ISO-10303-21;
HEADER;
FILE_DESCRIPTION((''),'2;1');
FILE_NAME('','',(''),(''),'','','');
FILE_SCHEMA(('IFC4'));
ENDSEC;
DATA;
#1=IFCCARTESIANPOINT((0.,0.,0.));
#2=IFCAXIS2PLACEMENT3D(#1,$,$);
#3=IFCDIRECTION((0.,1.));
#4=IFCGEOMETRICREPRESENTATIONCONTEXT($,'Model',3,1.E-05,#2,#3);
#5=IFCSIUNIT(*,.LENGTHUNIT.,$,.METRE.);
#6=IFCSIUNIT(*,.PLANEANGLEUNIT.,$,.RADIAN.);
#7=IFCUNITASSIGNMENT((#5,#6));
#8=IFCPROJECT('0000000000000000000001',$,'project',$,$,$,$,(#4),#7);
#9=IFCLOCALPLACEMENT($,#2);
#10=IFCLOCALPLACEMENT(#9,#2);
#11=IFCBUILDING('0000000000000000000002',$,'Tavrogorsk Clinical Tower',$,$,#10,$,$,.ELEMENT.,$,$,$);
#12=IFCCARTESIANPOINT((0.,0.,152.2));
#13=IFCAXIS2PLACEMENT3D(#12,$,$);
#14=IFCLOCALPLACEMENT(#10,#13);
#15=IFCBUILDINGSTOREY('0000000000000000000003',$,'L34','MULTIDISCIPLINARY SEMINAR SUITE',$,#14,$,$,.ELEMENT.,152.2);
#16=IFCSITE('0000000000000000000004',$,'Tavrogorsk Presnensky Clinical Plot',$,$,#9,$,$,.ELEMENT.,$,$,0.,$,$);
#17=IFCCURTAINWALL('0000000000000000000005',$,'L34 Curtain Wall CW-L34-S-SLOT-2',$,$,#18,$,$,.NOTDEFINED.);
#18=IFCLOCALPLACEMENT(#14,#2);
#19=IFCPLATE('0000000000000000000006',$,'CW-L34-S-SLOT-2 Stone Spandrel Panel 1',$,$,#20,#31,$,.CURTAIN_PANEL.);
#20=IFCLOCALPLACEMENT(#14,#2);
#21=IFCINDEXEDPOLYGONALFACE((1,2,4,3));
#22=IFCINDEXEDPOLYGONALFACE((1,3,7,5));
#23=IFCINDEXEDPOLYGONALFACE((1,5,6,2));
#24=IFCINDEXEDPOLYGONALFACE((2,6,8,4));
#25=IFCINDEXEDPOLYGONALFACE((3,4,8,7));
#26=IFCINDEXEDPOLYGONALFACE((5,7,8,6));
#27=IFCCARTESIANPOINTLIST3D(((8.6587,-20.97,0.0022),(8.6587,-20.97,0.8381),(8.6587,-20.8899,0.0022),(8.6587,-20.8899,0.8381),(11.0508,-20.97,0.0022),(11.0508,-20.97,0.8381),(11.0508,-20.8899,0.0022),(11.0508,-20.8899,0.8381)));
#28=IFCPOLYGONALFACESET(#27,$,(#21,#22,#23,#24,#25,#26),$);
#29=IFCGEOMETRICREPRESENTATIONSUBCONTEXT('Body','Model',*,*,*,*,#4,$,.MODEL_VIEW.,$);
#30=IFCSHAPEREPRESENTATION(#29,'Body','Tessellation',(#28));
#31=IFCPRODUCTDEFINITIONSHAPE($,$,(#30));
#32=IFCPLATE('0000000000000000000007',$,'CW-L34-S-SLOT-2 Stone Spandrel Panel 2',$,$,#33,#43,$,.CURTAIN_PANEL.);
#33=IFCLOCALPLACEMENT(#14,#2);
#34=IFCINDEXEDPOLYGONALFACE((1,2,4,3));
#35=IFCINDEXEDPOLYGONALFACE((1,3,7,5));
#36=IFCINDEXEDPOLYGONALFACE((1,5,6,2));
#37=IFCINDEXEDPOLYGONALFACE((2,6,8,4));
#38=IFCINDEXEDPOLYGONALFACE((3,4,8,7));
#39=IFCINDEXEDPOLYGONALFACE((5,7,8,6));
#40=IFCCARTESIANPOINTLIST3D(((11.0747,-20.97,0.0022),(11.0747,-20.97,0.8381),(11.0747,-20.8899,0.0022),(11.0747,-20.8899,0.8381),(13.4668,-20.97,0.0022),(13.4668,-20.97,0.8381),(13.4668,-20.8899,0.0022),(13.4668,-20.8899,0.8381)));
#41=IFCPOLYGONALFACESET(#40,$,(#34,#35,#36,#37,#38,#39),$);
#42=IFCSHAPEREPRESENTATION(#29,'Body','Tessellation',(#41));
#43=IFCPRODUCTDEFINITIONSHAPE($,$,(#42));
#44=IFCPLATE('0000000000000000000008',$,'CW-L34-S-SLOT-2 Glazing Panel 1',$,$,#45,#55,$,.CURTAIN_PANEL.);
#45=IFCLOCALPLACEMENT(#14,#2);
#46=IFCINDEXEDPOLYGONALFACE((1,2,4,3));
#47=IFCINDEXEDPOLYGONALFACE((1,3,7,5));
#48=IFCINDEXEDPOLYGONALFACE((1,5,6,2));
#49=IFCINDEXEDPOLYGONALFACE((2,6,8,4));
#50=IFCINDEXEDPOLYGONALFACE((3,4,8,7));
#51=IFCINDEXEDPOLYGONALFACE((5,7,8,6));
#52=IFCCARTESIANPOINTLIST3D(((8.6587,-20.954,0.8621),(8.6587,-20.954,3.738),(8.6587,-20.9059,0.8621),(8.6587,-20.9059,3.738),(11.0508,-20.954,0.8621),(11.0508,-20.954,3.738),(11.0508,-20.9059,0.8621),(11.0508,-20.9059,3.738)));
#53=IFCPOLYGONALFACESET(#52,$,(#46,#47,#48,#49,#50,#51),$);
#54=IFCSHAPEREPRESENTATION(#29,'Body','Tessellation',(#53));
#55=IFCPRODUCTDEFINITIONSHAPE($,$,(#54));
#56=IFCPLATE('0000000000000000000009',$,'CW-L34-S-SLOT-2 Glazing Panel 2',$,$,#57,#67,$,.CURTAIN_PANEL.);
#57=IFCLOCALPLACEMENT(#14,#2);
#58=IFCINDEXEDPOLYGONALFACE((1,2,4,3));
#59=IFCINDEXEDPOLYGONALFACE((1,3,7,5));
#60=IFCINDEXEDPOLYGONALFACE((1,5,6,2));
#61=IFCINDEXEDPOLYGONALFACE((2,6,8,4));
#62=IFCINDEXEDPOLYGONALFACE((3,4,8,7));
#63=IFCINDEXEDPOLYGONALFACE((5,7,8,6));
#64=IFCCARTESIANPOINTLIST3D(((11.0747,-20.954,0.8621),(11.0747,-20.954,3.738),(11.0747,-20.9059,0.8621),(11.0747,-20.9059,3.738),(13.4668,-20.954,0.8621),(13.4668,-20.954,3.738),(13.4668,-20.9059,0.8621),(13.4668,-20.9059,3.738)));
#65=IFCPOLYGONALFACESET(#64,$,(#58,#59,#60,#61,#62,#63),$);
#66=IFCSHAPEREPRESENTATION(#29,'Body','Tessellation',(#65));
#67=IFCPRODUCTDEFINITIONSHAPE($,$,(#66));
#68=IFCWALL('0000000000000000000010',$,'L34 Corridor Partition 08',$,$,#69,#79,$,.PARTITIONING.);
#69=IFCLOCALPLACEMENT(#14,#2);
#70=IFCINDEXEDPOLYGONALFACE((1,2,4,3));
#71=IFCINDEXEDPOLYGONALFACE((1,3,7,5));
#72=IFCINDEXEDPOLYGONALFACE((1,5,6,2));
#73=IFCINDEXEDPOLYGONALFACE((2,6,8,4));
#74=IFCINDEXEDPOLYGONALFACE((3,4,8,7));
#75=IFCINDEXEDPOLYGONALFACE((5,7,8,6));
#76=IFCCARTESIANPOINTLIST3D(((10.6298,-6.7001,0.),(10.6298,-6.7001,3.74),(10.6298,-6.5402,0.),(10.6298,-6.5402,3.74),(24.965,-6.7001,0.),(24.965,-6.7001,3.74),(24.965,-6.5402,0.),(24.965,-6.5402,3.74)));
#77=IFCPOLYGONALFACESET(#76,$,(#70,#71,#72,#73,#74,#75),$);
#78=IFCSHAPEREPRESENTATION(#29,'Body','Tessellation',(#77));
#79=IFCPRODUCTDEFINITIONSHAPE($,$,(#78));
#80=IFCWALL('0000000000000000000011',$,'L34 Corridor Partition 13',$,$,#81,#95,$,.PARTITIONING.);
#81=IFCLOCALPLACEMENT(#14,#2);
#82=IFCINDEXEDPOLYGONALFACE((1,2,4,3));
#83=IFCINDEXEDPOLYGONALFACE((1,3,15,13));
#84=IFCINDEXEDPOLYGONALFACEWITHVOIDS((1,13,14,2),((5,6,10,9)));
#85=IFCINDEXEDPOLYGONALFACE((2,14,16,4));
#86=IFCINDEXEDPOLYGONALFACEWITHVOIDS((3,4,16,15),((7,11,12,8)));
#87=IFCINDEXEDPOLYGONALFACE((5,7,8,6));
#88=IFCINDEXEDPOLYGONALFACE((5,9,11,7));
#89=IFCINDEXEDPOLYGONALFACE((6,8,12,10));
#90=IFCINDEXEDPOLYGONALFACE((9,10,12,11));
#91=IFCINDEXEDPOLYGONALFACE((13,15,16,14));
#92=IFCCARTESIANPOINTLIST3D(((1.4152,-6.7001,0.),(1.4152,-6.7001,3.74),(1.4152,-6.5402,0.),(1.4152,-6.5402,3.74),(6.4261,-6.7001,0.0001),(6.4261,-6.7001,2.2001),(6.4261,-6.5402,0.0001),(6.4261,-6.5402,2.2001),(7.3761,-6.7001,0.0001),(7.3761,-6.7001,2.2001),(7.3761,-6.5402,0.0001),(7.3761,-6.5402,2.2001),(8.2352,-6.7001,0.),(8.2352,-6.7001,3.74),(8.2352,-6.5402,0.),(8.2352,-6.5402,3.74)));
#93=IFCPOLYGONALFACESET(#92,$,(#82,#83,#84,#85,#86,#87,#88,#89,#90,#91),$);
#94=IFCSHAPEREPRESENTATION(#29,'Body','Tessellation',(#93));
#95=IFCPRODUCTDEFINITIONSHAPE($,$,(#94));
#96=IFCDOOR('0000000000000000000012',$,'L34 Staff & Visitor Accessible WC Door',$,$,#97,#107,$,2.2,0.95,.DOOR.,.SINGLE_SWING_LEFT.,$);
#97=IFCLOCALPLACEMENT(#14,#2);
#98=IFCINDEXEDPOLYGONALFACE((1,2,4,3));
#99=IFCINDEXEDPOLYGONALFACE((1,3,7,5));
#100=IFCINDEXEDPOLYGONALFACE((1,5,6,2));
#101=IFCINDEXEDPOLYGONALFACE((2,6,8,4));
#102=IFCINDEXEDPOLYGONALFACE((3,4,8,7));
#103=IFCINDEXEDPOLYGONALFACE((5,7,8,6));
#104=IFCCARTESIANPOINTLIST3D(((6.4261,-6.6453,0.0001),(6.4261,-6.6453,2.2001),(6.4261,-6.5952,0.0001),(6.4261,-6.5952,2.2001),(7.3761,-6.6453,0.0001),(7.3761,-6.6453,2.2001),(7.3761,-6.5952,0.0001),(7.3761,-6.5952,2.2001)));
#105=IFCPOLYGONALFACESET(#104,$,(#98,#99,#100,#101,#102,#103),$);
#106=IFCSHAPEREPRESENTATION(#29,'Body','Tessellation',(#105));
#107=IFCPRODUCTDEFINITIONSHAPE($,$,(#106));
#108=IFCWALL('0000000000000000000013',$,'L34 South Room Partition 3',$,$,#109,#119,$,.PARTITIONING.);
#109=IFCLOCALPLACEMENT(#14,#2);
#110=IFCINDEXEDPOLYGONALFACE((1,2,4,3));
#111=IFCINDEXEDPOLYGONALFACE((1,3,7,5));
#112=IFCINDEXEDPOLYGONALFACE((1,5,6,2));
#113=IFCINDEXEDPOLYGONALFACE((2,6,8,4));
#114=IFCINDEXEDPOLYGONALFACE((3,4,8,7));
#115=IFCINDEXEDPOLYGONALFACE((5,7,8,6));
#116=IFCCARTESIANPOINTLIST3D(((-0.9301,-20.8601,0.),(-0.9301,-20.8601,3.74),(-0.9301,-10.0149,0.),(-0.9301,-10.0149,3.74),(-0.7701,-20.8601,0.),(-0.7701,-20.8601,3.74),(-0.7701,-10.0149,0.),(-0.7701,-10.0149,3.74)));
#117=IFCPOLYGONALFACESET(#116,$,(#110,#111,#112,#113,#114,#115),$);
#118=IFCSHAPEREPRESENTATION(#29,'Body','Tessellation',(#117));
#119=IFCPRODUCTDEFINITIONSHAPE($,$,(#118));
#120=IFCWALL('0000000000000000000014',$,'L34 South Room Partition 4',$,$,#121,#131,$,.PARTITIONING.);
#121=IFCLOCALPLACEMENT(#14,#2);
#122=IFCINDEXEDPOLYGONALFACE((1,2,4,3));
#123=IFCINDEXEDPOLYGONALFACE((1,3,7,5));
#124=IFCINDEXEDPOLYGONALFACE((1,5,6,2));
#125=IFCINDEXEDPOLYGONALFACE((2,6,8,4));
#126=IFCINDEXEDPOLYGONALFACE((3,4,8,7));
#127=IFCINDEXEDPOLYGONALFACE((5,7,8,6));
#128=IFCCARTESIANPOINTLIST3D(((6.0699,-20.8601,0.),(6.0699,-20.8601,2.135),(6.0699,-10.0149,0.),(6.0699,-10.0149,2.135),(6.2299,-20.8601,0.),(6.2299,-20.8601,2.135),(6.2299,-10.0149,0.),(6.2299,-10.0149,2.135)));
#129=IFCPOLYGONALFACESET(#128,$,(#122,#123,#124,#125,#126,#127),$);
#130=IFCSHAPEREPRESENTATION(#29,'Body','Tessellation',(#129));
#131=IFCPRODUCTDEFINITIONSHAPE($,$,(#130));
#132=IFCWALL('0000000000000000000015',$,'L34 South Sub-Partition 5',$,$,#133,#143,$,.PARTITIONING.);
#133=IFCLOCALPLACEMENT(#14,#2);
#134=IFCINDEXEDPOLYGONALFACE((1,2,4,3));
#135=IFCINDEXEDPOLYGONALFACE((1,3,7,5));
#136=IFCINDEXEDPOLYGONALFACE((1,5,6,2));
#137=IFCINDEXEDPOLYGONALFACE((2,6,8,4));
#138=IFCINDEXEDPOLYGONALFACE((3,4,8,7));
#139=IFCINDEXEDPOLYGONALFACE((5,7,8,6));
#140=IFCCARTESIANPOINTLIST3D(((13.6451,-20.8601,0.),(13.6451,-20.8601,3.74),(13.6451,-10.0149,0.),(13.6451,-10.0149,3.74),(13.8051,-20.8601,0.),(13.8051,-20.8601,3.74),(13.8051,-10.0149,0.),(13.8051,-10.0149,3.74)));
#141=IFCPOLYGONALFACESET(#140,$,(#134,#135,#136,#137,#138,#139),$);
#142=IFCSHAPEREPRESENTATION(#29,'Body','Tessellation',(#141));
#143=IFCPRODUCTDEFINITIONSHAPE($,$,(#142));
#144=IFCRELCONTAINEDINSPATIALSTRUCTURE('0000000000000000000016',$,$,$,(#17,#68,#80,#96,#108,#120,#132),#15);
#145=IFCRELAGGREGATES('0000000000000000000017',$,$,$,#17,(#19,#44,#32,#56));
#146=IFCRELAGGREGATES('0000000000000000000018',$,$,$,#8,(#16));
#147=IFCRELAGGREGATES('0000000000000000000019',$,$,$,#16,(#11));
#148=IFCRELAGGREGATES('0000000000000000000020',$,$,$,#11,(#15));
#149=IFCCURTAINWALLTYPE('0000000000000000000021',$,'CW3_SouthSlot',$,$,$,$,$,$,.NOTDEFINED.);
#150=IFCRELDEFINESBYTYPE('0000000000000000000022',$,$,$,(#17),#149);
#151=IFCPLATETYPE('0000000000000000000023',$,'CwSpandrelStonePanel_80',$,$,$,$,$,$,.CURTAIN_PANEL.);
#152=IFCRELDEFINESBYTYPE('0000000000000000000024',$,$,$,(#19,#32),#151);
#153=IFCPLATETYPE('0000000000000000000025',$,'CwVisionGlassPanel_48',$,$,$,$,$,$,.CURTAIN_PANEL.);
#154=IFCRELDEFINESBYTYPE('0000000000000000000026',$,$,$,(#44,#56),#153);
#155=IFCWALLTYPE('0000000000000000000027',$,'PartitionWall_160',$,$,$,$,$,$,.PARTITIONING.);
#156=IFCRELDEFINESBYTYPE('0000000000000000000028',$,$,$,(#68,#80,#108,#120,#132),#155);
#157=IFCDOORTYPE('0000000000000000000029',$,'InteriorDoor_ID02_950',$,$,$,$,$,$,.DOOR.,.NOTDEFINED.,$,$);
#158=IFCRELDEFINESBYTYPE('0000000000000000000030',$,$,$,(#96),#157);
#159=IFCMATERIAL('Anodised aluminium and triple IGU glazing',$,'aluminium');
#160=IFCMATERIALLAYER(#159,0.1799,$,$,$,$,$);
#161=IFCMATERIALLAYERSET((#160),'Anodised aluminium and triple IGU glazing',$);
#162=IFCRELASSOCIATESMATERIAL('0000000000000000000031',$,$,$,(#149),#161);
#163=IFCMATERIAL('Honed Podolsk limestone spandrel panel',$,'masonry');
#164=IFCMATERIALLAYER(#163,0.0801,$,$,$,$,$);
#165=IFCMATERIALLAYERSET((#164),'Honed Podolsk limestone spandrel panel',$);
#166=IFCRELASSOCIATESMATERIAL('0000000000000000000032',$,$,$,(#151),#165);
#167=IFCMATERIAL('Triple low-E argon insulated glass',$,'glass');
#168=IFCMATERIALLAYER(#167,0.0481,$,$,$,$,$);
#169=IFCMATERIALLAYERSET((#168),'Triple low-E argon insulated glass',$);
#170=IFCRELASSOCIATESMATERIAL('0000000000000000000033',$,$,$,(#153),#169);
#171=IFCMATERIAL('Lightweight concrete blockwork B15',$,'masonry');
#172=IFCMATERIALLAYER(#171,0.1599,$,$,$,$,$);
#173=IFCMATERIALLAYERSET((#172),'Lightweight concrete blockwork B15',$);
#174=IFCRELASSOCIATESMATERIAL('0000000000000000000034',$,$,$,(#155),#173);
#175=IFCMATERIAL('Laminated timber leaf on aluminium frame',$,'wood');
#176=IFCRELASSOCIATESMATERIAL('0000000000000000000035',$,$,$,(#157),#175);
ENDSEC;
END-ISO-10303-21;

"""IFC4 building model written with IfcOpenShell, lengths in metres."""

from ifc_helpers import new_model, si_unit, direction, frame, frame_2d, origin, origin_2d, place, context, subcontext, project, spatial, rectangle, extrude, material, layer, layer_set, type_object, element, fill, aggregate, save


model = new_model("IFC4")

# Units and contexts
model_context = context("Model", 3, precision=1e-05, world=origin(), true_north=direction((0.0, 1.0)))
body_context = subcontext(model_context, "Body", "Model", "MODEL_VIEW")
ifc_project = project(units=[si_unit("LENGTHUNIT", "METRE"), si_unit("PLANEANGLEUNIT", "RADIAN")], contexts=[model_context])

# Site, building, storey
site_placement = place(None, origin())
site = spatial("IfcSite", under=ifc_project, at=site_placement, Name="Tavrogorsk Presnensky Clinical Plot", CompositionType="ELEMENT", RefElevation=0.0)
building_placement = place(site_placement, origin())
building = spatial("IfcBuilding", under=site, at=building_placement, Name="Tavrogorsk Clinical Tower", CompositionType="ELEMENT")
storey_placement = place(building_placement, frame((0.0, 0.0, 152.2)))
storey = spatial("IfcBuildingStorey", under=building, at=storey_placement, Name="L34", Description="MULTIDISCIPLINARY SEMINAR SUITE", CompositionType="ELEMENT", Elevation=152.2)

# Curtain wall
ifc_material_1 = material(Name="Anodised aluminium and triple IGU glazing", Category="aluminium")
ifc_layer_1 = layer(ifc_material_1, 0.1799)
ifc_layer_set_1 = layer_set([ifc_layer_1], Name="Anodised aluminium and triple IGU glazing")
curtain_wall_type = type_object("IfcCurtainWallType", Name="CW3_SouthSlot", PredefinedType="NOTDEFINED", material=ifc_layer_set_1)
curtain_wall_placement = place(storey_placement, origin())
curtain_wall = element("IfcCurtainWall", 1, at=curtain_wall_placement, inside=storey, type_object=curtain_wall_type, Name="L34 Curtain Wall CW-L34-S-SLOT-2", PredefinedType="NOTDEFINED")

# Plates
ifc_material_2 = material(Name="Honed Podolsk limestone spandrel panel", Category="masonry")
ifc_layer_2 = layer(ifc_material_2, 0.0801)
ifc_layer_set_2 = layer_set([ifc_layer_2], Name="Honed Podolsk limestone spandrel panel")
plate_type_1 = type_object("IfcPlateType", Name="CwSpandrelStonePanel_80", PredefinedType="CURTAIN_PANEL", material=ifc_layer_set_2)
plate_1_placement = place(storey_placement, frame((9.8547, -20.9299, 0.0022), z_axis=(0.0, 0.0, 1.0), x_axis=(1.0, 0.0, 0.0)))
plate_1 = element("IfcPlate", 2, at=plate_1_placement, type_object=plate_type_1, Name="CW-L34-S-SLOT-2 Stone Spandrel Panel 1", PredefinedType="CURTAIN_PANEL", context=body_context, shape_type="SweptSolid", body=[
    extrude(rectangle(XDim=2.3921, YDim=0.0801, at=origin_2d()), origin(), (0.0, 0.0, 1.0), 0.8359),
])
plate_2_placement = place(storey_placement, frame((12.2708, -20.9299, 0.0022), z_axis=(0.0, 0.0, 1.0), x_axis=(1.0, 0.0, 0.0)))
plate_2 = element("IfcPlate", 3, at=plate_2_placement, type_object=plate_type_1, Name="CW-L34-S-SLOT-2 Stone Spandrel Panel 2", PredefinedType="CURTAIN_PANEL", context=body_context, shape_type="SweptSolid", body=[
    extrude(rectangle(XDim=2.3921, YDim=0.0801, at=origin_2d()), origin(), (0.0, 0.0, 1.0), 0.8359),
])
ifc_material_3 = material(Name="Triple low-E argon insulated glass", Category="glass")
ifc_layer_3 = layer(ifc_material_3, 0.0481)
ifc_layer_set_3 = layer_set([ifc_layer_3], Name="Triple low-E argon insulated glass")
plate_type_2 = type_object("IfcPlateType", Name="CwVisionGlassPanel_48", PredefinedType="CURTAIN_PANEL", material=ifc_layer_set_3)
plate_3_placement = place(storey_placement, frame((9.8547, -20.9299, 0.8621), z_axis=(0.0, 0.0, 1.0), x_axis=(1.0, 0.0, 0.0)))
plate_3 = element("IfcPlate", 4, at=plate_3_placement, type_object=plate_type_2, Name="CW-L34-S-SLOT-2 Glazing Panel 1", PredefinedType="CURTAIN_PANEL", context=body_context, shape_type="SweptSolid", body=[
    extrude(rectangle(XDim=2.3921, YDim=0.0481, at=origin_2d()), origin(), (0.0, 0.0, 1.0), 2.876),
])
plate_4_placement = place(storey_placement, frame((12.2708, -20.9299, 0.8621), z_axis=(0.0, 0.0, 1.0), x_axis=(1.0, 0.0, 0.0)))
plate_4 = element("IfcPlate", 5, at=plate_4_placement, type_object=plate_type_2, Name="CW-L34-S-SLOT-2 Glazing Panel 2", PredefinedType="CURTAIN_PANEL", context=body_context, shape_type="SweptSolid", body=[
    extrude(rectangle(XDim=2.3921, YDim=0.0481, at=origin_2d()), origin(), (0.0, 0.0, 1.0), 2.876),
])
aggregate(curtain_wall, [plate_1, plate_3, plate_2, plate_4])

# Wall
ifc_material_4 = material(Name="Lightweight concrete blockwork B15", Category="masonry")
ifc_layer_4 = layer(ifc_material_4, 0.1599)
ifc_layer_set_4 = layer_set([ifc_layer_4], Name="Lightweight concrete blockwork B15")
wall_type_1 = type_object("IfcWallType", Name="PartitionWall_160", PredefinedType="PARTITIONING", material=ifc_layer_set_4)
wall_1_placement = place(storey_placement, frame((10.6299, -6.6201, 0.0), z_axis=(0.0, 0.0, 1.0), x_axis=(1.0, 0.0, 0.0)))
element("IfcWall", 6, at=wall_1_placement, inside=storey, type_object=wall_type_1, Name="L34 Corridor Partition 08", PredefinedType="PARTITIONING", context=body_context, shape_type="SweptSolid", body=[
    extrude(rectangle(XDim=14.3352, YDim=0.1599, at=frame_2d((7.1675, 0.0))), origin(), (0.0, 0.0, 1.0), 3.74),
])

# Wall, opening, door
wall_2_placement = place(storey_placement, frame((1.415, -6.6201, 0.0), z_axis=(0.0, 0.0, 1.0), x_axis=(1.0, 0.0, 0.0)))
wall_2 = element("IfcWall", 7, at=wall_2_placement, inside=storey, type_object=wall_type_1, Name="L34 Corridor Partition 13", PredefinedType="PARTITIONING", context=body_context, shape_type="SweptSolid", body=[
    extrude(rectangle(XDim=6.8201, YDim=0.1599, at=frame_2d((3.4102, 0.0))), origin(), (0.0, 0.0, 1.0), 3.74),
])
opening_1_placement = place(wall_2_placement, frame((5.011, 0.0, 0.0)))
opening_1 = element("IfcOpeningElement", 8, at=opening_1_placement, cuts=wall_2, PredefinedType="OPENING", context=body_context, shape_type="SweptSolid", body=[
    extrude(rectangle(XDim=0.95, YDim=2.2, at=frame_2d((0.4751, 1.1001))), frame((0.0, 0.0898, 0.0), z_axis=(0.0, -1.0, 0.0), x_axis=(1.0, 0.0, 0.0)), (0.0, 0.0, 1.0), 0.1799),
])
ifc_material_5 = material(Name="Laminated timber leaf on aluminium frame", Category="wood")
door_type = type_object("IfcDoorType", Name="InteriorDoor_ID02_950", OperationType="NOTDEFINED", PredefinedType="DOOR", material=ifc_material_5)
door_placement = place(opening_1_placement, origin())
door = element("IfcDoor", 9, at=door_placement, inside=storey, type_object=door_type, Name="L34 Staff & Visitor Accessible WC Door", OperationType="SINGLE_SWING_LEFT", OverallHeight=2.2, OverallWidth=0.95, PredefinedType="DOOR", context=body_context, shape_type="SweptSolid", body=[
    extrude(rectangle(XDim=0.95, YDim=2.2, at=frame_2d((0.4751, 1.1001))), frame((0.0, 0.0249, 0.0), z_axis=(0.0, -1.0, 0.0), x_axis=(1.0, 0.0, 0.0)), (0.0, 0.0, 1.0), 0.05),
])
fill(opening_1, door)

# Walls
wall_3_placement = place(storey_placement, frame((-0.8501, -20.8601, 0.0), z_axis=(0.0, 0.0, 1.0), x_axis=(0.0, 1.0, 0.0)))
element("IfcWall", 10, at=wall_3_placement, inside=storey, type_object=wall_type_1, Name="L34 South Room Partition 3", PredefinedType="PARTITIONING", context=body_context, shape_type="SweptSolid", body=[
    extrude(rectangle(XDim=10.8452, YDim=0.1599, at=frame_2d((5.4226, 0.0))), origin(), (0.0, 0.0, 1.0), 3.74),
])
wall_4_placement = place(storey_placement, frame((6.1499, -20.8601, 0.0), z_axis=(0.0, 0.0, 1.0), x_axis=(0.0, 1.0, 0.0)))
element("IfcWall", 11, at=wall_4_placement, inside=storey, type_object=wall_type_1, Name="L34 South Room Partition 4", PredefinedType="PARTITIONING", context=body_context, shape_type="SweptSolid", body=[
    extrude(rectangle(XDim=10.8452, YDim=0.1599, at=frame_2d((5.4226, 0.0))), origin(), (0.0, 0.0, 1.0), 2.135),
])
wall_5_placement = place(storey_placement, frame((13.7251, -20.8601, 0.0), z_axis=(0.0, 0.0, 1.0), x_axis=(0.0, 1.0, 0.0)))
element("IfcWall", 12, at=wall_5_placement, inside=storey, type_object=wall_type_1, Name="L34 South Sub-Partition 5", PredefinedType="PARTITIONING", context=body_context, shape_type="SweptSolid", body=[
    extrude(rectangle(XDim=10.8452, YDim=0.1599, at=frame_2d((5.4226, 0.0))), origin(), (0.0, 0.0, 1.0), 3.74),
])

save(model, "model.ifc")
